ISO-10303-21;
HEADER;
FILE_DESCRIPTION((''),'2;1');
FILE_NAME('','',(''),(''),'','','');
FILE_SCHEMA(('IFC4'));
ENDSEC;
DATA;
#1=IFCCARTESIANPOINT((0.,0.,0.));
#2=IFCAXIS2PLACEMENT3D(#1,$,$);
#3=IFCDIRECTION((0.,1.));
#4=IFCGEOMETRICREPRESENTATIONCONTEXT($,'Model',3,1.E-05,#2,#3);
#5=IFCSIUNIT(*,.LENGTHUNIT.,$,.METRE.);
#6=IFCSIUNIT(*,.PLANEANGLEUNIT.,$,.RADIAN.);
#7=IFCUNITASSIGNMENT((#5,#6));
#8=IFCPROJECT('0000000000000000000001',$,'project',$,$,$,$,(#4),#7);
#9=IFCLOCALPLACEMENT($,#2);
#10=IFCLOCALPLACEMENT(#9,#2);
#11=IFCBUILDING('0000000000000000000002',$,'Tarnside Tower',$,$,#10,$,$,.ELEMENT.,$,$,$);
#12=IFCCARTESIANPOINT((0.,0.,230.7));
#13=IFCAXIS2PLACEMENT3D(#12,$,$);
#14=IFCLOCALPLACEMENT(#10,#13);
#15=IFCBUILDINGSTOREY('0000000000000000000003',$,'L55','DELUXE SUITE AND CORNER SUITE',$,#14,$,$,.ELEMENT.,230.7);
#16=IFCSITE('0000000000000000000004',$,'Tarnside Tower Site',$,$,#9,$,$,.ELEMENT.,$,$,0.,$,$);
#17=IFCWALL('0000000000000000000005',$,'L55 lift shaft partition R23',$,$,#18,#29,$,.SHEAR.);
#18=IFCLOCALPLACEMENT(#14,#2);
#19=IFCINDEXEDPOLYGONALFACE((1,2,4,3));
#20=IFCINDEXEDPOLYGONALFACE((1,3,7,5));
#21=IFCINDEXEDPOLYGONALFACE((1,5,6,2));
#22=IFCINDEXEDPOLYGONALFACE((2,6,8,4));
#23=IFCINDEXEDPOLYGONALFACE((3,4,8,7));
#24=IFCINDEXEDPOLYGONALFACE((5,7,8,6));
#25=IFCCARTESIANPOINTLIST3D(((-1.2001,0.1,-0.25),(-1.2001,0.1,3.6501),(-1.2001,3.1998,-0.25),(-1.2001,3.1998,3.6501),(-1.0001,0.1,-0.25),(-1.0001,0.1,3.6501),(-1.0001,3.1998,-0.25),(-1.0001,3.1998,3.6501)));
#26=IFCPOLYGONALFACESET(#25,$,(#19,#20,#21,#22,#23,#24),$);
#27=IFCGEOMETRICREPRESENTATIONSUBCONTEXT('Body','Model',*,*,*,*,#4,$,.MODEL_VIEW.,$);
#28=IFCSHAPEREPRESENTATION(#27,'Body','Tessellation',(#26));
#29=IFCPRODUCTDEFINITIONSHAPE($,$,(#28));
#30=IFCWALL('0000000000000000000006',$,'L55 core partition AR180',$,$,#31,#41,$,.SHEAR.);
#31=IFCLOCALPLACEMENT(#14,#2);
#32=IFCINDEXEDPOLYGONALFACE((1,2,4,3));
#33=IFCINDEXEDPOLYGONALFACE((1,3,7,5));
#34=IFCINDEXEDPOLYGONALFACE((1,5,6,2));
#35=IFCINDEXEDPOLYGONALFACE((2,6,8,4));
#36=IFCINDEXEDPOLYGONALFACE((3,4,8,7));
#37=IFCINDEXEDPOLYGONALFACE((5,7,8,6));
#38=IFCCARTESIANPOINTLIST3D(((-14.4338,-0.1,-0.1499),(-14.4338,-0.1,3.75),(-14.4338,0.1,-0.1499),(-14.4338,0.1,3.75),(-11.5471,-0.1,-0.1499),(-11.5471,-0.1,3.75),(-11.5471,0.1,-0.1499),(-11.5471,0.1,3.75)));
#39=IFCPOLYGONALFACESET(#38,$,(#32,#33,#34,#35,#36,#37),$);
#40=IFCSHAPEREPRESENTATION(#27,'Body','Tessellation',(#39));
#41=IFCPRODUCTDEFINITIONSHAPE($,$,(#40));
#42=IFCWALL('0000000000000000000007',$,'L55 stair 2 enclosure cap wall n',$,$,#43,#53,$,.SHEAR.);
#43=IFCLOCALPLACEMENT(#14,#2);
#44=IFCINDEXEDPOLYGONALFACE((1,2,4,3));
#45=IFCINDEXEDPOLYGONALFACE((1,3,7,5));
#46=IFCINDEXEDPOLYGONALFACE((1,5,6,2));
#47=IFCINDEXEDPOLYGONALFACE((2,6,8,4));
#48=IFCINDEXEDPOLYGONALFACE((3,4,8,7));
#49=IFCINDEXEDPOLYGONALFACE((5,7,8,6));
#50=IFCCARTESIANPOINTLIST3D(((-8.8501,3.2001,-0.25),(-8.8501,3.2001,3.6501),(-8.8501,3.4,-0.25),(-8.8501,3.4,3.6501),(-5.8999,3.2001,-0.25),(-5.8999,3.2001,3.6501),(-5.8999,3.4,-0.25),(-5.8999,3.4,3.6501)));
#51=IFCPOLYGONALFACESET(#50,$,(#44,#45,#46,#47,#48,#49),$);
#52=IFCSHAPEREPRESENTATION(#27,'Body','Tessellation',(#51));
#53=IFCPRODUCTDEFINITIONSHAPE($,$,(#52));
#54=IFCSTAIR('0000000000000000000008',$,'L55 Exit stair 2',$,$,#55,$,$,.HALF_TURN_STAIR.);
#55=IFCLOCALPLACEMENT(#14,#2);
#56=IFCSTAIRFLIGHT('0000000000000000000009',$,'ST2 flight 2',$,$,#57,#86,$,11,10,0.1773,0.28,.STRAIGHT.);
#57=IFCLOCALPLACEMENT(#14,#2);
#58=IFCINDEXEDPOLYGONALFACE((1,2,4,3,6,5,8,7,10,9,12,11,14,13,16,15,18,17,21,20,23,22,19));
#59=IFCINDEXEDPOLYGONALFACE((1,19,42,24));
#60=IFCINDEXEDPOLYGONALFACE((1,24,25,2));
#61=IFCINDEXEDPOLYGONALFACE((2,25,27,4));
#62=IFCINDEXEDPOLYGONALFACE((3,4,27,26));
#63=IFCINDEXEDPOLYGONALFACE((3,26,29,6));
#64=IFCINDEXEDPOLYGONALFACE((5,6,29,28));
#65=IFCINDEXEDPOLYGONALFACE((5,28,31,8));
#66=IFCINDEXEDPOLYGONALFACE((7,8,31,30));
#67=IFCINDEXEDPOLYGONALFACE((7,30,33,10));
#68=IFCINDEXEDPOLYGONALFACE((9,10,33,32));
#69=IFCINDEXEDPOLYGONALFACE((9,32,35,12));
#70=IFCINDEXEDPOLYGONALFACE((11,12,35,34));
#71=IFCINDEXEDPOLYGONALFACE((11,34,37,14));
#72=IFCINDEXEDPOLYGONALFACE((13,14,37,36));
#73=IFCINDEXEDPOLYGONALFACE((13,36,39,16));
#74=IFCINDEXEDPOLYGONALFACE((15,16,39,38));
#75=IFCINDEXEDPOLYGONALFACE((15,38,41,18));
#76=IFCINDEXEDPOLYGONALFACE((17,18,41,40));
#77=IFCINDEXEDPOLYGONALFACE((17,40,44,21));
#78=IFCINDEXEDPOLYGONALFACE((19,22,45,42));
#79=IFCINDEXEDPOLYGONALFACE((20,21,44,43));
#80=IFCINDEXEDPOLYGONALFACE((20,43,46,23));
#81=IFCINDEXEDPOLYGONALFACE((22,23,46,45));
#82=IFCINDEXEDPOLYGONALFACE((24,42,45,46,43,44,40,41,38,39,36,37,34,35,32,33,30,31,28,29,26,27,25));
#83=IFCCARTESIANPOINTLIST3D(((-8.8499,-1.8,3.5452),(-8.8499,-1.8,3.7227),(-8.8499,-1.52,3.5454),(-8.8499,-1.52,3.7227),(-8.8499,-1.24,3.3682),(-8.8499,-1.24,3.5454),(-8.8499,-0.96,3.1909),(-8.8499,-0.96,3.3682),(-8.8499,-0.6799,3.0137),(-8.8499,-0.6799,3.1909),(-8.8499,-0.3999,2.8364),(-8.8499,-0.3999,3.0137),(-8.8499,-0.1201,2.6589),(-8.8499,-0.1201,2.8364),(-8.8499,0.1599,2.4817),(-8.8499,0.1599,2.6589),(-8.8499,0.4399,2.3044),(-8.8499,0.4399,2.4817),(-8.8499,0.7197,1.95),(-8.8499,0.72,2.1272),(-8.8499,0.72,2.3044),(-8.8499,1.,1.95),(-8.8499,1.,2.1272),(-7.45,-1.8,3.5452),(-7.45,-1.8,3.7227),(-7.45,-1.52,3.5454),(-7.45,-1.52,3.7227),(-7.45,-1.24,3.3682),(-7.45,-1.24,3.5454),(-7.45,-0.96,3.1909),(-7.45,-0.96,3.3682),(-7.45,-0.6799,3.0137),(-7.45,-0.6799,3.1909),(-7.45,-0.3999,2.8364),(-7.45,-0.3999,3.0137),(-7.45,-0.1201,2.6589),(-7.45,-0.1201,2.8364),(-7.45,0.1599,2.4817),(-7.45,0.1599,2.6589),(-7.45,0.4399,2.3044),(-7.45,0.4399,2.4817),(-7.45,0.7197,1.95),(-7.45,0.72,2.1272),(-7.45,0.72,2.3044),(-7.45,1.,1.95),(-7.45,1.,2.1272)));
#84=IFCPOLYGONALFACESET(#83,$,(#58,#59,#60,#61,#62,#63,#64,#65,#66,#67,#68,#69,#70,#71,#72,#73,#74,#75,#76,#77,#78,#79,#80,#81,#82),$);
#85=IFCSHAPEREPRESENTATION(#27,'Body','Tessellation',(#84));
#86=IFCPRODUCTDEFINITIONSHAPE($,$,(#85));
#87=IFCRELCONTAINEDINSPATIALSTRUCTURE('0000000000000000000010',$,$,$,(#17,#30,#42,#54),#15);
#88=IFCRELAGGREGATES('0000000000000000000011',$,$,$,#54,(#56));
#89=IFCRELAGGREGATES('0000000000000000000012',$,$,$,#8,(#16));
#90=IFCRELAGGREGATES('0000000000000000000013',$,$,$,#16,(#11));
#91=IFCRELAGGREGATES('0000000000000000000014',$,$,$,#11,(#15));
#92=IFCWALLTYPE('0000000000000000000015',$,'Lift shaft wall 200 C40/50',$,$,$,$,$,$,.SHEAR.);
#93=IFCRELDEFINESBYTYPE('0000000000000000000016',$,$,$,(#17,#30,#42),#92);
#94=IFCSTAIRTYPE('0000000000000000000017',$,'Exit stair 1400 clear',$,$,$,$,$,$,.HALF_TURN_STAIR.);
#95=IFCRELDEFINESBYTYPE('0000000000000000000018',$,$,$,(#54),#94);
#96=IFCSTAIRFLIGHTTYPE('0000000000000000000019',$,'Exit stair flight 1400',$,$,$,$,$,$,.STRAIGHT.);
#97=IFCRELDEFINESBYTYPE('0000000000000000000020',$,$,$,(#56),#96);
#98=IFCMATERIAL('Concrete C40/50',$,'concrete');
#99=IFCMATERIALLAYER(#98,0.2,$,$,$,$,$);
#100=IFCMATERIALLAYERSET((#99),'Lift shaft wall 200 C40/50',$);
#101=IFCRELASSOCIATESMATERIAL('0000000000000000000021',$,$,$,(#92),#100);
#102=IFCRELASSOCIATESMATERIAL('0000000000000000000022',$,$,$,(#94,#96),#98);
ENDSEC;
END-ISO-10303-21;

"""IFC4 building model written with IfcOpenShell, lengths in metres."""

from ifc_helpers import new_model, si_unit, direction, frame, frame_2d, origin, place, context, subcontext, project, spatial, polyline, rectangle, outline, extrude, material, layer, layer_set, type_object, element, aggregate, save


model = new_model("IFC4")

# Units and contexts
model_context = context("Model", 3, precision=1e-05, world=origin(), true_north=direction((0.0, 1.0)))
body_context = subcontext(model_context, "Body", "Model", "MODEL_VIEW")
ifc_project = project(units=[si_unit("LENGTHUNIT", "METRE"), si_unit("PLANEANGLEUNIT", "RADIAN")], contexts=[model_context])

# Site, building, storey
site_placement = place(None, origin())
site = spatial("IfcSite", under=ifc_project, at=site_placement, Name="Tarnside Tower Site", CompositionType="ELEMENT", RefElevation=0.0)
building_placement = place(site_placement, origin())
building = spatial("IfcBuilding", under=site, at=building_placement, Name="Tarnside Tower", CompositionType="ELEMENT")
storey_placement = place(building_placement, frame((0.0, 0.0, 230.7)))
storey = spatial("IfcBuildingStorey", under=building, at=storey_placement, Name="L55", Description="DELUXE SUITE AND CORNER SUITE", CompositionType="ELEMENT", Elevation=230.7)

# Shared definitions
ifc_material_1 = material(Name="Concrete C40/50", Category="concrete")
ifc_layer_1 = layer(ifc_material_1, 0.2)
ifc_layer_set_1 = layer_set([ifc_layer_1], Name="Lift shaft wall 200 C40/50")
wall_type_1 = type_object("IfcWallType", Name="Lift shaft wall 200 C40/50", PredefinedType="SHEAR", material=ifc_layer_set_1)

# Walls
for number, where, z_axis, x_axis, name in (
    (1, (-1.1001, 0.1001, -0.25), (0.0, 0.0, 1.0), (0.0, 1.0, 0.0), "L55 lift shaft partition R23"),
):
    element("IfcWall", number, at=place(storey_placement, frame(where, z_axis=z_axis, x_axis=x_axis)), inside=storey, type_object=wall_type_1, Name=name, PredefinedType="SHEAR", context=body_context, shape_type="SweptSolid", body=[
        extrude(rectangle(XDim=3.0999, YDim=0.2, at=frame_2d((1.5498, 0.0))), origin(), (0.0, 0.0, 1.0), 3.9001),
    ])
wall_1_placement = place(storey_placement, frame((-11.5471, 0.0, -0.1499), z_axis=(0.0, 0.0, 1.0), x_axis=(-1.0, 0.0, 0.0)))
element("IfcWall", 2, at=wall_1_placement, inside=storey, type_object=wall_type_1, Name="L55 core partition AR180", PredefinedType="SHEAR", context=body_context, shape_type="SweptSolid", body=[
    extrude(rectangle(XDim=2.8867, YDim=0.2, at=frame_2d((1.4434, 0.0))), origin(), (0.0, 0.0, 1.0), 3.8999),
])
wall_2_placement = place(storey_placement, frame((-8.8501, 3.3, -0.25), z_axis=(0.0, 0.0, 1.0), x_axis=(1.0, 0.0, 0.0)))
element("IfcWall", 3, at=wall_2_placement, inside=storey, type_object=wall_type_1, Name="L55 stair 2 enclosure cap wall n", PredefinedType="SHEAR", context=body_context, shape_type="SweptSolid", body=[
    extrude(rectangle(XDim=2.9502, YDim=0.2, at=frame_2d((1.4751, 0.0))), origin(), (0.0, 0.0, 1.0), 3.9001),
])

# Stair, stair flight
stair_type = type_object("IfcStairType", Name="Exit stair 1400 clear", PredefinedType="HALF_TURN_STAIR", material=ifc_material_1)
stair_placement = place(storey_placement, origin())
stair = element("IfcStair", 4, at=stair_placement, inside=storey, type_object=stair_type, Name="L55 Exit stair 2", PredefinedType="HALF_TURN_STAIR")
stair_flight_type = type_object("IfcStairFlightType", Name="Exit stair flight 1400", PredefinedType="STRAIGHT", material=ifc_material_1)
stair_flight_placement = place(storey_placement, frame((-8.1499, 1.0, 1.95), z_axis=(0.0, 0.0, 1.0), x_axis=(0.0, -1.0, 0.0)))
stair_flight = element("IfcStairFlight", 5, at=stair_flight_placement, type_object=stair_flight_type, Name="ST2 flight 2", NumberOfRisers=11, NumberOfTreads=10, PredefinedType="STRAIGHT", RiserHeight=0.1773, TreadLength=0.28, context=body_context, shape_type="SweptSolid", body=[
    extrude(outline(polyline([(0.0, 0.0), (0.0, 0.1772), (0.28, 0.1772), (0.28, 0.3545), (0.5601, 0.3545), (0.5601, 0.5317), (0.8401, 0.5317), (0.8401, 0.709), (1.1201, 0.709), (1.1201, 0.8865), (1.3999, 0.8865), (1.3999, 1.0637), (1.6799, 1.0637), (1.6799, 1.241), (1.96, 1.241), (1.96, 1.4182), (2.24, 1.4182), (2.24, 1.5955), (2.52, 1.5955), (2.52, 1.7727), (2.8, 1.7727), (2.8, 1.95), (2.8, 1.5952), (0.2803, 0.0), (0.0, 0.0)])), frame((0.0, 0.7, 0.0), z_axis=(0.0, -1.0, 0.0), x_axis=(1.0, 0.0, 0.0)), (0.0, 0.0, 1.0), 1.3999),
])
aggregate(stair, [stair_flight])

save(model, "model.ifc")
